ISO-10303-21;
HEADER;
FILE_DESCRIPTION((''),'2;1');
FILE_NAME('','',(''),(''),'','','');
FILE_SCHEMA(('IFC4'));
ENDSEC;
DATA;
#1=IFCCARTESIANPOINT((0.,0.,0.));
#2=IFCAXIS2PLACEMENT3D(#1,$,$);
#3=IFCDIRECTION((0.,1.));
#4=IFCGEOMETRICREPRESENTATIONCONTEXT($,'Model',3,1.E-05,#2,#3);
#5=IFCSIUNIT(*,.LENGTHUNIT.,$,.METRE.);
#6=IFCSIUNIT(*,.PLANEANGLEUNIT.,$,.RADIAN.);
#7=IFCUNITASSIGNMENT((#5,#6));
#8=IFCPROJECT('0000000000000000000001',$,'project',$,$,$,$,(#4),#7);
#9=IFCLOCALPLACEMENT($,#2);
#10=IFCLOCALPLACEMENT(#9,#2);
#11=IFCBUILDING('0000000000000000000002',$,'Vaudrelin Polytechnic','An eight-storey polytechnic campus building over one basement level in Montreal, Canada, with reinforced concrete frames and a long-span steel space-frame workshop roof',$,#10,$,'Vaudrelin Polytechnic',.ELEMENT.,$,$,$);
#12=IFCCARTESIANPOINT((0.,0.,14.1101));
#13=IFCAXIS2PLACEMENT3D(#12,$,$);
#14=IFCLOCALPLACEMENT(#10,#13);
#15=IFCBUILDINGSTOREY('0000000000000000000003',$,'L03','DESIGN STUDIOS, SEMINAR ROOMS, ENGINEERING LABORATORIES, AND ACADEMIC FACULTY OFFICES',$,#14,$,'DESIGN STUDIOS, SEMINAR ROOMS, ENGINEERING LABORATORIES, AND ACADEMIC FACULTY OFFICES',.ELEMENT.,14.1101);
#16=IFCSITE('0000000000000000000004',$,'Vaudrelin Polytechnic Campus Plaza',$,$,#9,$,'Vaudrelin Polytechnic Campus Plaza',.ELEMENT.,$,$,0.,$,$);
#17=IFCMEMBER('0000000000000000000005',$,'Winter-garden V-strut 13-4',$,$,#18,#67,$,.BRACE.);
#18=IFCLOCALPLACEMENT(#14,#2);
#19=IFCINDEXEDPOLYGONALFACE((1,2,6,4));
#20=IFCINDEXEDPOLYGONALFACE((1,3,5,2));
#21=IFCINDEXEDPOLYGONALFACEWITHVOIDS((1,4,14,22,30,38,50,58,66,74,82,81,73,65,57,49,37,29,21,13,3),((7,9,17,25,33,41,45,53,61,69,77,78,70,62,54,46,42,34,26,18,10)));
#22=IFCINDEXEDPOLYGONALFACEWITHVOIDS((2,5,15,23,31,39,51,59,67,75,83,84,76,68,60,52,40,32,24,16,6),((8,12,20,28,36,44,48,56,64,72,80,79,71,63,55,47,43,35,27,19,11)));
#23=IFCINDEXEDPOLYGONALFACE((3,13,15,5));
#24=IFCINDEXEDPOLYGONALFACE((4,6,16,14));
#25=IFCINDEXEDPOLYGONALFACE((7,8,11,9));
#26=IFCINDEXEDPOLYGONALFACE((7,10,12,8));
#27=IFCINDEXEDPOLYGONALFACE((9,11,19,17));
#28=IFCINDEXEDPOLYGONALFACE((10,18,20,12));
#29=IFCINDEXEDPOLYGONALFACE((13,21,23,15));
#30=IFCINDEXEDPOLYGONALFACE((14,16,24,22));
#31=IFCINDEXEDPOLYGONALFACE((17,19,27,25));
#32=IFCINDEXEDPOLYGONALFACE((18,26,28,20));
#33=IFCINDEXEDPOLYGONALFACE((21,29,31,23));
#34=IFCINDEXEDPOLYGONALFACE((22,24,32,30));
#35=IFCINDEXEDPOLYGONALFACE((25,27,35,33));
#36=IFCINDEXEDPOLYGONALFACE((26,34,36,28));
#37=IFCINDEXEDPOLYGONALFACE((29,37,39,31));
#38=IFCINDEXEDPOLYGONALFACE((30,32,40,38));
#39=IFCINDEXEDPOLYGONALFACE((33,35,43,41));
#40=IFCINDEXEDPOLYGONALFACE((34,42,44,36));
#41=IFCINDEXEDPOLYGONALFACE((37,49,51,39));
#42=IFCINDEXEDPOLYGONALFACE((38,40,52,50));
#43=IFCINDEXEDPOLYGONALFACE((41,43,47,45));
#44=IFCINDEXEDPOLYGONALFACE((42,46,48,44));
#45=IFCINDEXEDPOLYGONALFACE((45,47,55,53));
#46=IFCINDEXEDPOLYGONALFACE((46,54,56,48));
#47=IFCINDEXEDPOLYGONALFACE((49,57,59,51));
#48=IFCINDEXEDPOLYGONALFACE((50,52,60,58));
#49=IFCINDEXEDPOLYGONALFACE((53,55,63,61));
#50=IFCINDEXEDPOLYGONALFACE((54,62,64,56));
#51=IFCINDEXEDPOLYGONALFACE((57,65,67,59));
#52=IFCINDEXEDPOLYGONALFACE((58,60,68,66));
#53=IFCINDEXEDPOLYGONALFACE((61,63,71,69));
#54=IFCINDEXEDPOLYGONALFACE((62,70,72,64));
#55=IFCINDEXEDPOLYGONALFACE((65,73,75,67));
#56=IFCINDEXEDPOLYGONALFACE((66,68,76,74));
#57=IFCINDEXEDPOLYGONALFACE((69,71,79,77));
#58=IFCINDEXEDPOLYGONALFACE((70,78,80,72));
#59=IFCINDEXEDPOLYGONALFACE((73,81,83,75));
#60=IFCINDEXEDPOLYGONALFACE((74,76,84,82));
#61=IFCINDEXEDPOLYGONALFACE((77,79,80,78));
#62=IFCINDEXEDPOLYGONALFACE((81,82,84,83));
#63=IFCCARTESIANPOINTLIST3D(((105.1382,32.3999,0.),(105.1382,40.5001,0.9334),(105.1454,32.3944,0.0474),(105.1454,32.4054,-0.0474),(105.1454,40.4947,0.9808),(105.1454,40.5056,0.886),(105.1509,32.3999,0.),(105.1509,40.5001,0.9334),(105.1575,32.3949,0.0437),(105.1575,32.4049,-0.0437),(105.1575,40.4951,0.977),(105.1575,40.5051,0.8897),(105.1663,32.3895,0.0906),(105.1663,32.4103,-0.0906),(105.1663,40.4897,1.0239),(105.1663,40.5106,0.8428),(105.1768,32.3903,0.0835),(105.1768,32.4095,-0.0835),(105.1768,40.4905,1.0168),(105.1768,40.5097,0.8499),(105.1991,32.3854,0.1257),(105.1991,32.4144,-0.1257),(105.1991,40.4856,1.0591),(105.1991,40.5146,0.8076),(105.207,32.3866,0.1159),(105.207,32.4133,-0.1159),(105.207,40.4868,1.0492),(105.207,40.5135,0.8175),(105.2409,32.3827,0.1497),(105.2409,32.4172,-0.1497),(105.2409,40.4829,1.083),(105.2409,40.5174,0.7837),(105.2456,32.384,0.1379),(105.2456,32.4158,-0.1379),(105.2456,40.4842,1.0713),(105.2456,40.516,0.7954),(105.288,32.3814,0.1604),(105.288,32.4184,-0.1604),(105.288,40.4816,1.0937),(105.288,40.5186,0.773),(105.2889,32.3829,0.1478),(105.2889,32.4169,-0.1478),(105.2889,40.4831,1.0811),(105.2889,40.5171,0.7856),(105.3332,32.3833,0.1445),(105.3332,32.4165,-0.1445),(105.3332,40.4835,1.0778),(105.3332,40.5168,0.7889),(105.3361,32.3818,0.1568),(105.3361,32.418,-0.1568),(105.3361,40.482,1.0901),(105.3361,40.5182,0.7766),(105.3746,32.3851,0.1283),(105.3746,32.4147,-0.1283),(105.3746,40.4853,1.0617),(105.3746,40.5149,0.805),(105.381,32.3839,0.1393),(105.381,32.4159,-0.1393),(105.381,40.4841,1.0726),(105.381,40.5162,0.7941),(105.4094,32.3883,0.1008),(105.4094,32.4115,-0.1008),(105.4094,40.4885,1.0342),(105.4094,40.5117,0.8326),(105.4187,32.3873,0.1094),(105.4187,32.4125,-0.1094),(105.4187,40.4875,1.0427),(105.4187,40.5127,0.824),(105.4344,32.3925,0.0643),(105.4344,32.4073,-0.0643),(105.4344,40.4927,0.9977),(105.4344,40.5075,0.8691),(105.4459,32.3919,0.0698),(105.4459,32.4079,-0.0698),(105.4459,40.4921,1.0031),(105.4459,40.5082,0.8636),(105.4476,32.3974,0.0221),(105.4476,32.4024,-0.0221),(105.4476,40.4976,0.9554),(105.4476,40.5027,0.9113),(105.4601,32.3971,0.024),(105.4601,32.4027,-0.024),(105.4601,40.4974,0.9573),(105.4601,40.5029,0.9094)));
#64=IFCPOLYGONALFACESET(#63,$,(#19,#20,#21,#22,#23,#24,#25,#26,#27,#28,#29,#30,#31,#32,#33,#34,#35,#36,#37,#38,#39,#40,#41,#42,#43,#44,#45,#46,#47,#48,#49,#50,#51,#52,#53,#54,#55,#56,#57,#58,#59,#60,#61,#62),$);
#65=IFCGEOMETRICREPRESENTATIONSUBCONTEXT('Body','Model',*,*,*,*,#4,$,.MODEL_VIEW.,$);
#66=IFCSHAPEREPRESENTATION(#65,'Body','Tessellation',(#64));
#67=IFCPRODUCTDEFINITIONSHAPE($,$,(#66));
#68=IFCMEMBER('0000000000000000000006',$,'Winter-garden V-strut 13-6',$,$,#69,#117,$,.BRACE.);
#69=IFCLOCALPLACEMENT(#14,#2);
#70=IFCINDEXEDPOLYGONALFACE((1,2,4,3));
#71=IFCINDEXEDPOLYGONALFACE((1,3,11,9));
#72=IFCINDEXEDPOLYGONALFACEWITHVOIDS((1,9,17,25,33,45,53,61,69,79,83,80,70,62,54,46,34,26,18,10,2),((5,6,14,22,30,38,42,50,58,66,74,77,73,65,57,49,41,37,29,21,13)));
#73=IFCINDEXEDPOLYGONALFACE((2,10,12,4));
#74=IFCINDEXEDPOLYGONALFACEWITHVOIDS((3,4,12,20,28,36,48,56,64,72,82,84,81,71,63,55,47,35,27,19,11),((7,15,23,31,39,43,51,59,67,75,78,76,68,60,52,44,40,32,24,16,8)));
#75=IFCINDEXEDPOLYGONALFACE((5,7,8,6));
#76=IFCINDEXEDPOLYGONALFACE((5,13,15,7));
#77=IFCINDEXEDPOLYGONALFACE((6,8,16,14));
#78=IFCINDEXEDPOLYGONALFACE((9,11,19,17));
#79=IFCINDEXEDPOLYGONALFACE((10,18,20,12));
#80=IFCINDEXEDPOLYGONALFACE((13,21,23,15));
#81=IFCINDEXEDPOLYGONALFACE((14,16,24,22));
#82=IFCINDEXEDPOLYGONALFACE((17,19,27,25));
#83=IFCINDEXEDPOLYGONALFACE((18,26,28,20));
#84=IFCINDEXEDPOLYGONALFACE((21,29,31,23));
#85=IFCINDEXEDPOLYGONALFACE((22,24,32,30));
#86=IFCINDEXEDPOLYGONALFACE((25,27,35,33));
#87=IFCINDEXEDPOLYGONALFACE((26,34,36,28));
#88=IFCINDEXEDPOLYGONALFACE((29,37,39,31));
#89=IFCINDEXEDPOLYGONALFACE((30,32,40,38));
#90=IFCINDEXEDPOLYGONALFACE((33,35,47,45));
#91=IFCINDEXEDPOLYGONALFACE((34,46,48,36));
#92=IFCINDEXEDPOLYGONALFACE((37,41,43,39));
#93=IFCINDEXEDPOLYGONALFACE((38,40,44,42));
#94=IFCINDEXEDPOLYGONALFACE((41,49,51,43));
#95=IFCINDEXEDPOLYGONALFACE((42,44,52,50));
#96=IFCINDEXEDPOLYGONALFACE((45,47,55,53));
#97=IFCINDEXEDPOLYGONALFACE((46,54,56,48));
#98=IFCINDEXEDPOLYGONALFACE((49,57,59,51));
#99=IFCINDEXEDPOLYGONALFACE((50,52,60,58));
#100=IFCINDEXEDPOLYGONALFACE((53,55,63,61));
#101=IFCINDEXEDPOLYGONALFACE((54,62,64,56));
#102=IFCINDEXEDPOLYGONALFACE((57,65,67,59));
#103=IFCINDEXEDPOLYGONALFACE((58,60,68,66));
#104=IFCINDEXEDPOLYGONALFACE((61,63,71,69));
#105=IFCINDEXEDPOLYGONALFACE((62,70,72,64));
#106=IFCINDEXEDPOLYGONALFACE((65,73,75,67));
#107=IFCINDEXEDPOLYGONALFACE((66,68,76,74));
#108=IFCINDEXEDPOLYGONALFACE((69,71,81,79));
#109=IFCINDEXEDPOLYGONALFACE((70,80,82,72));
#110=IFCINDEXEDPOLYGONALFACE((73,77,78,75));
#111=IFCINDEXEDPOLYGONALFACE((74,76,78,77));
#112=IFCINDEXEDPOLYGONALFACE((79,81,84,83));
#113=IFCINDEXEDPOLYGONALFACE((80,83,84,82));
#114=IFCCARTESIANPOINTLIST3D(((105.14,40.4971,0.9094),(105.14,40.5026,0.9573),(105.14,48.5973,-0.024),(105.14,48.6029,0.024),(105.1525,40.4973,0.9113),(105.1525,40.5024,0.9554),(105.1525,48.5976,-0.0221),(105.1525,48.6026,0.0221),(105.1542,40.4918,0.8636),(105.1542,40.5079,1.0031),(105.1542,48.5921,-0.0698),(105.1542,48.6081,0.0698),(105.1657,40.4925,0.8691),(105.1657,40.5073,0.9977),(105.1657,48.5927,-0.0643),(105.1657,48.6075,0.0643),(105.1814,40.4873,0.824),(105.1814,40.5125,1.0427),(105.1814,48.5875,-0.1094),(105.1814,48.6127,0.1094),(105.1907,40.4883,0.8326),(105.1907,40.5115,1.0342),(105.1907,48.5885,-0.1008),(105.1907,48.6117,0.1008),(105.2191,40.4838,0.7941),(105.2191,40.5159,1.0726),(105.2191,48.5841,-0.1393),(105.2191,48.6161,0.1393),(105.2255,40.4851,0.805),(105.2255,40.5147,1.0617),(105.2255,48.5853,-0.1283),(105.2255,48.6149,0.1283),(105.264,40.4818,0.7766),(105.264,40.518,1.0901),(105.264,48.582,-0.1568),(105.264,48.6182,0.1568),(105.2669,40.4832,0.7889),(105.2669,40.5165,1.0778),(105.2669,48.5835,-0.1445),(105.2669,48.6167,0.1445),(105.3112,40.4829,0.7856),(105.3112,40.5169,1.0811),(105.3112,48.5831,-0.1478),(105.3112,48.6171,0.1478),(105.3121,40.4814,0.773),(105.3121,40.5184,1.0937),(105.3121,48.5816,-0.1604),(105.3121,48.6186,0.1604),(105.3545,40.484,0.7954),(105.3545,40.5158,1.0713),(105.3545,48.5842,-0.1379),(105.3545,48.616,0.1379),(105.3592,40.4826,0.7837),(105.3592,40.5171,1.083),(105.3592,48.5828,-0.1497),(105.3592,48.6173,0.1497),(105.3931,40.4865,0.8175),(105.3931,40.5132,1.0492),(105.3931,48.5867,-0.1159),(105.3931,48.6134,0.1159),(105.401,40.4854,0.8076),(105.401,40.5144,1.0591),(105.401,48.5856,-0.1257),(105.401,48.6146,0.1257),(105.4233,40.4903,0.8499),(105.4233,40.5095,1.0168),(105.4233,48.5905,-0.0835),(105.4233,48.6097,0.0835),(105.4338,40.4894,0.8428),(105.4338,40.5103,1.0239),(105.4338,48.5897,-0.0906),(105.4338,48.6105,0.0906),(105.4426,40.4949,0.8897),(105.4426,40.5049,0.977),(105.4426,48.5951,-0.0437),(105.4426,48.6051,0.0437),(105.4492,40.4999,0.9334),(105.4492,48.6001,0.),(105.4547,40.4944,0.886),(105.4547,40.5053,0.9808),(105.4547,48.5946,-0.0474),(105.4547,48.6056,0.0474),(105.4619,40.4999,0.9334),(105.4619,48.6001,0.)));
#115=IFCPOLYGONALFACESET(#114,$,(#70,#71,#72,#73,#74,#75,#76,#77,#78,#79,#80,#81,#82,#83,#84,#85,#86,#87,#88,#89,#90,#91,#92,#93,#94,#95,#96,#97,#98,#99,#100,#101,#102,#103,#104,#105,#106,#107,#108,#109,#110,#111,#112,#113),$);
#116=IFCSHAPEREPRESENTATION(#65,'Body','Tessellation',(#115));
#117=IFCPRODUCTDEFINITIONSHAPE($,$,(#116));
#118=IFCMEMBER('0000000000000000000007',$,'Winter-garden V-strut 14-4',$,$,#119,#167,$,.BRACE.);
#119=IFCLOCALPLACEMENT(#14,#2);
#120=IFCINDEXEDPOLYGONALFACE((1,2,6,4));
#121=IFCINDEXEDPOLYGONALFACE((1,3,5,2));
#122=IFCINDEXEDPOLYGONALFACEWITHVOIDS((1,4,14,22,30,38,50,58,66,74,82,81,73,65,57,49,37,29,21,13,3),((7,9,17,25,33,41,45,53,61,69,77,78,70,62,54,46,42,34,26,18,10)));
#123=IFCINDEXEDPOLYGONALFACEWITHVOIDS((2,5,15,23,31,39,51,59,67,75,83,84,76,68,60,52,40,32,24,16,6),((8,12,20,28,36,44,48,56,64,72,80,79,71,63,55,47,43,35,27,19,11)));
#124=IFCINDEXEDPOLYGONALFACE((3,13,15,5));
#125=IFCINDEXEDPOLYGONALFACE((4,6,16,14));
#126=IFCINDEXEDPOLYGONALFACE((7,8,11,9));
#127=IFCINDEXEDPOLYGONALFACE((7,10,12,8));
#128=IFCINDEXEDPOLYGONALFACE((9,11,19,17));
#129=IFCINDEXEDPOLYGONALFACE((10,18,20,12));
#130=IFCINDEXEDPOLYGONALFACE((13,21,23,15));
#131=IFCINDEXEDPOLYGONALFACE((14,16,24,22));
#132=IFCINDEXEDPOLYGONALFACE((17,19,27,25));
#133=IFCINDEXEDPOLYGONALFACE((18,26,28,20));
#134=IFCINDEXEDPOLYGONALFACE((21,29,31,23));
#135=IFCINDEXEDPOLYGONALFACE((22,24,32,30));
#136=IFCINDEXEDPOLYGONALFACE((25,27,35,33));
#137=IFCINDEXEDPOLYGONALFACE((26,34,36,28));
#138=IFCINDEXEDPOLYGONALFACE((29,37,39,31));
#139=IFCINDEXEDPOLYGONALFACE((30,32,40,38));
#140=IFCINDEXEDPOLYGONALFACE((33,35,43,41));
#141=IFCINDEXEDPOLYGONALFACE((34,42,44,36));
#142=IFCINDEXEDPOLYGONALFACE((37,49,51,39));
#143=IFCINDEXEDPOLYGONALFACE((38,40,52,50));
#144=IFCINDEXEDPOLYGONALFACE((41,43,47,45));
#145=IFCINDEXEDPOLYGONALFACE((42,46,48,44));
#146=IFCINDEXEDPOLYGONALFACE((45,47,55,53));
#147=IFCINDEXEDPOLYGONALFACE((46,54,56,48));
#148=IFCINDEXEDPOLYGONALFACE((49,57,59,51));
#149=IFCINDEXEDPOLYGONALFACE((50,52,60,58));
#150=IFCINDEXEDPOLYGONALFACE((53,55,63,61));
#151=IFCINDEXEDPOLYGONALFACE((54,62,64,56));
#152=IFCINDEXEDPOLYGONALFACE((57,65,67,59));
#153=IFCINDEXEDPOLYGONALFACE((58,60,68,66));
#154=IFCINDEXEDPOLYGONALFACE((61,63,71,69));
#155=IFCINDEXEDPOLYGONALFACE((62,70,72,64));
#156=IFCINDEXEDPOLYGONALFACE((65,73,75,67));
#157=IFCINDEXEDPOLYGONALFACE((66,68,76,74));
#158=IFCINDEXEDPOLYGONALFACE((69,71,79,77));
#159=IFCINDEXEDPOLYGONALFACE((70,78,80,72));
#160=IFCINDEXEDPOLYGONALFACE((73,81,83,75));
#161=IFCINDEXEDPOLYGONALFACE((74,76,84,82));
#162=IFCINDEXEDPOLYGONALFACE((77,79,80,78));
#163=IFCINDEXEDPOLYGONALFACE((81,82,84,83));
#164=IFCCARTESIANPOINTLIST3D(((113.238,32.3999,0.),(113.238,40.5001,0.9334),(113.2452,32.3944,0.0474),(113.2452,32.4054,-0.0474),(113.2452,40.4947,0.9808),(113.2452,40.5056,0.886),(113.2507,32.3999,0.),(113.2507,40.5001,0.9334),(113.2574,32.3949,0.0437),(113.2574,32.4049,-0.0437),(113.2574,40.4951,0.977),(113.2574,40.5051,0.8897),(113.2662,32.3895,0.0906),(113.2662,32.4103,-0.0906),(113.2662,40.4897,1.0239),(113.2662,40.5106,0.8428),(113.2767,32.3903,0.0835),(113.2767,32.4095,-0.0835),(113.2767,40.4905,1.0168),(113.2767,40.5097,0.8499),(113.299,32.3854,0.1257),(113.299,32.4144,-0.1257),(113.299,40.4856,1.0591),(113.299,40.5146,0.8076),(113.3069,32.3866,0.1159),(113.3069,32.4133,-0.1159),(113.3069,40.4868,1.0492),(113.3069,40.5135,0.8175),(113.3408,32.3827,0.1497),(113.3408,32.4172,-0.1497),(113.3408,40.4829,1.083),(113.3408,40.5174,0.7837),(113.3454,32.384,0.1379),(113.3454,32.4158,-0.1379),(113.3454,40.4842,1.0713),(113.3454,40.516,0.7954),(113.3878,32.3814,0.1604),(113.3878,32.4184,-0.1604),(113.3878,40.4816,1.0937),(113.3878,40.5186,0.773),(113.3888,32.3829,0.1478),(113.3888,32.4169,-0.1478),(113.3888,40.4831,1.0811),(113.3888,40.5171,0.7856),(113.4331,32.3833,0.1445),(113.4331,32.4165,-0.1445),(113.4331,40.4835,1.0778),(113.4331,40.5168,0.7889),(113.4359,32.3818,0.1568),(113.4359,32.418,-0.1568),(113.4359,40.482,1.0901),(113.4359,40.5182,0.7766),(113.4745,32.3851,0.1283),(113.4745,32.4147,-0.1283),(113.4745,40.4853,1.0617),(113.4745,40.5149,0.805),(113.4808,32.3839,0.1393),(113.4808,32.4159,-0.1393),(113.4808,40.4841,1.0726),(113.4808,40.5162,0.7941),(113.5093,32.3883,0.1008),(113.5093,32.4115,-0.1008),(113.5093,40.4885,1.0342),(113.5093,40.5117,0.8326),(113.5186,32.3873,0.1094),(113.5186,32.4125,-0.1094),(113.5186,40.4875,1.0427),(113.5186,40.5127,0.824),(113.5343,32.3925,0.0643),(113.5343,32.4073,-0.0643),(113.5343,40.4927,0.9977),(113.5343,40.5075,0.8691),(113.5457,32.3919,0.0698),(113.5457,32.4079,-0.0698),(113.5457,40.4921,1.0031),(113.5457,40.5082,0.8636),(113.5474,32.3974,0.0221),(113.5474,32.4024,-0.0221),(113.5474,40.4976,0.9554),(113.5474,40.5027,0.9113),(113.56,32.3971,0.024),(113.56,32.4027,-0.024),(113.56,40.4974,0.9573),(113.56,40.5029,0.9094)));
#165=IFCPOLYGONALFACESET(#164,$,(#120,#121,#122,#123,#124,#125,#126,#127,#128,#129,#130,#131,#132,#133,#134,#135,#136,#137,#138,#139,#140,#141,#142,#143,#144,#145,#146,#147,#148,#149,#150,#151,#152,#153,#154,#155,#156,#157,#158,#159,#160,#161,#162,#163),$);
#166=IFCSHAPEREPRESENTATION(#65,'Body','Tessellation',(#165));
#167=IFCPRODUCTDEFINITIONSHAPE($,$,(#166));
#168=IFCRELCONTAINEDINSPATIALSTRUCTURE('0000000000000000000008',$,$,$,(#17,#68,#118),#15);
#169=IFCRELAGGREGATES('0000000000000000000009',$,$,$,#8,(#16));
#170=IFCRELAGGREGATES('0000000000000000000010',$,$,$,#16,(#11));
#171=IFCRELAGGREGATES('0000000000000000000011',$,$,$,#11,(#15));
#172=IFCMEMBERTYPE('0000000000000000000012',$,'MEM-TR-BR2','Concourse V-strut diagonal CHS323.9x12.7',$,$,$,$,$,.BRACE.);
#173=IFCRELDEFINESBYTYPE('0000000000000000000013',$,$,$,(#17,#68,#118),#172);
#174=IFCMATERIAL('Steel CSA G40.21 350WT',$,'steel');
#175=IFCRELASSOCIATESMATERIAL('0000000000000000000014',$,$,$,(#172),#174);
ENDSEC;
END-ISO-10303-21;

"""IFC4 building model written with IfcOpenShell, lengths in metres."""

from ifc_helpers import new_model, si_unit, direction, frame, origin, origin_2d, place, context, subcontext, project, spatial, hollow_circle, extrude, material, material_profile, profile_set, type_object, element, save


model = new_model("IFC4")

# Units and contexts
model_context = context("Model", 3, precision=1e-05, world=origin(), true_north=direction((0.0, 1.0)))
body_context = subcontext(model_context, "Body", "Model", "MODEL_VIEW")
ifc_project = project(units=[si_unit("LENGTHUNIT", "METRE"), si_unit("PLANEANGLEUNIT", "RADIAN")], contexts=[model_context])

# Site, building, storey
site_placement = place(None, origin())
site = spatial("IfcSite", under=ifc_project, at=site_placement, Name="Vaudrelin Polytechnic Campus Plaza", LongName="Vaudrelin Polytechnic Campus Plaza", CompositionType="ELEMENT", RefElevation=0.0)
building_placement = place(site_placement, origin())
building = spatial("IfcBuilding", under=site, at=building_placement, Name="Vaudrelin Polytechnic", Description="An eight-storey polytechnic campus building over one basement level in Montreal, Canada, with reinforced concrete frames and a long-span steel space-frame workshop roof", LongName="Vaudrelin Polytechnic", CompositionType="ELEMENT")
storey_placement = place(building_placement, frame((0.0, 0.0, 14.1101)))
storey = spatial("IfcBuildingStorey", under=building, at=storey_placement, Name="L03", Description="DESIGN STUDIOS, SEMINAR ROOMS, ENGINEERING LABORATORIES, AND ACADEMIC FACULTY OFFICES", LongName="DESIGN STUDIOS, SEMINAR ROOMS, ENGINEERING LABORATORIES, AND ACADEMIC FACULTY OFFICES", CompositionType="ELEMENT", Elevation=14.1101)

# Members
ifc_material_1 = material(Name="Steel CSA G40.21 350WT", Category="steel")
ifc_material_profile_1 = material_profile(ifc_material_1, hollow_circle(Radius=0.1619, WallThickness=0.0127, at=origin_2d()), Name="CHS323.9x12.7")
ifc_profile_set_1 = profile_set([ifc_material_profile_1], Name="Steel CSA G40.21 350WT")
member_type_1 = type_object("IfcMemberType", Name="MEM-TR-BR2", Description="Concourse V-strut diagonal CHS323.9x12.7", PredefinedType="BRACE", material=ifc_profile_set_1)
for number, where, z_axis, x_axis, name in (
    (1, (105.3, 32.3999, 0.0), (0.0, 0.993427, 0.11447), (-1.0, 0.0, 0.0), "Winter-garden V-strut 13-4"),
    (2, (105.3, 48.6001, 0.0), (0.0, -0.993427, 0.11447), (1.0, 0.0, 0.0), "Winter-garden V-strut 13-6"),
    (3, (113.3999, 32.3999, 0.0), (0.0, 0.993427, 0.11447), (-1.0, 0.0, 0.0), "Winter-garden V-strut 14-4"),
):
    element("IfcMember", number, at=place(storey_placement, frame(where, z_axis=z_axis, x_axis=x_axis)), inside=storey, type_object=member_type_1, Name=name, PredefinedType="BRACE", context=body_context, shape_type="SweptSolid", body=[
        extrude(hollow_circle(Radius=0.1619, WallThickness=0.0127, at=origin_2d()), origin(), (0.0, 0.0, 1.0), 8.1538),
    ])

save(model, "model.ifc")
